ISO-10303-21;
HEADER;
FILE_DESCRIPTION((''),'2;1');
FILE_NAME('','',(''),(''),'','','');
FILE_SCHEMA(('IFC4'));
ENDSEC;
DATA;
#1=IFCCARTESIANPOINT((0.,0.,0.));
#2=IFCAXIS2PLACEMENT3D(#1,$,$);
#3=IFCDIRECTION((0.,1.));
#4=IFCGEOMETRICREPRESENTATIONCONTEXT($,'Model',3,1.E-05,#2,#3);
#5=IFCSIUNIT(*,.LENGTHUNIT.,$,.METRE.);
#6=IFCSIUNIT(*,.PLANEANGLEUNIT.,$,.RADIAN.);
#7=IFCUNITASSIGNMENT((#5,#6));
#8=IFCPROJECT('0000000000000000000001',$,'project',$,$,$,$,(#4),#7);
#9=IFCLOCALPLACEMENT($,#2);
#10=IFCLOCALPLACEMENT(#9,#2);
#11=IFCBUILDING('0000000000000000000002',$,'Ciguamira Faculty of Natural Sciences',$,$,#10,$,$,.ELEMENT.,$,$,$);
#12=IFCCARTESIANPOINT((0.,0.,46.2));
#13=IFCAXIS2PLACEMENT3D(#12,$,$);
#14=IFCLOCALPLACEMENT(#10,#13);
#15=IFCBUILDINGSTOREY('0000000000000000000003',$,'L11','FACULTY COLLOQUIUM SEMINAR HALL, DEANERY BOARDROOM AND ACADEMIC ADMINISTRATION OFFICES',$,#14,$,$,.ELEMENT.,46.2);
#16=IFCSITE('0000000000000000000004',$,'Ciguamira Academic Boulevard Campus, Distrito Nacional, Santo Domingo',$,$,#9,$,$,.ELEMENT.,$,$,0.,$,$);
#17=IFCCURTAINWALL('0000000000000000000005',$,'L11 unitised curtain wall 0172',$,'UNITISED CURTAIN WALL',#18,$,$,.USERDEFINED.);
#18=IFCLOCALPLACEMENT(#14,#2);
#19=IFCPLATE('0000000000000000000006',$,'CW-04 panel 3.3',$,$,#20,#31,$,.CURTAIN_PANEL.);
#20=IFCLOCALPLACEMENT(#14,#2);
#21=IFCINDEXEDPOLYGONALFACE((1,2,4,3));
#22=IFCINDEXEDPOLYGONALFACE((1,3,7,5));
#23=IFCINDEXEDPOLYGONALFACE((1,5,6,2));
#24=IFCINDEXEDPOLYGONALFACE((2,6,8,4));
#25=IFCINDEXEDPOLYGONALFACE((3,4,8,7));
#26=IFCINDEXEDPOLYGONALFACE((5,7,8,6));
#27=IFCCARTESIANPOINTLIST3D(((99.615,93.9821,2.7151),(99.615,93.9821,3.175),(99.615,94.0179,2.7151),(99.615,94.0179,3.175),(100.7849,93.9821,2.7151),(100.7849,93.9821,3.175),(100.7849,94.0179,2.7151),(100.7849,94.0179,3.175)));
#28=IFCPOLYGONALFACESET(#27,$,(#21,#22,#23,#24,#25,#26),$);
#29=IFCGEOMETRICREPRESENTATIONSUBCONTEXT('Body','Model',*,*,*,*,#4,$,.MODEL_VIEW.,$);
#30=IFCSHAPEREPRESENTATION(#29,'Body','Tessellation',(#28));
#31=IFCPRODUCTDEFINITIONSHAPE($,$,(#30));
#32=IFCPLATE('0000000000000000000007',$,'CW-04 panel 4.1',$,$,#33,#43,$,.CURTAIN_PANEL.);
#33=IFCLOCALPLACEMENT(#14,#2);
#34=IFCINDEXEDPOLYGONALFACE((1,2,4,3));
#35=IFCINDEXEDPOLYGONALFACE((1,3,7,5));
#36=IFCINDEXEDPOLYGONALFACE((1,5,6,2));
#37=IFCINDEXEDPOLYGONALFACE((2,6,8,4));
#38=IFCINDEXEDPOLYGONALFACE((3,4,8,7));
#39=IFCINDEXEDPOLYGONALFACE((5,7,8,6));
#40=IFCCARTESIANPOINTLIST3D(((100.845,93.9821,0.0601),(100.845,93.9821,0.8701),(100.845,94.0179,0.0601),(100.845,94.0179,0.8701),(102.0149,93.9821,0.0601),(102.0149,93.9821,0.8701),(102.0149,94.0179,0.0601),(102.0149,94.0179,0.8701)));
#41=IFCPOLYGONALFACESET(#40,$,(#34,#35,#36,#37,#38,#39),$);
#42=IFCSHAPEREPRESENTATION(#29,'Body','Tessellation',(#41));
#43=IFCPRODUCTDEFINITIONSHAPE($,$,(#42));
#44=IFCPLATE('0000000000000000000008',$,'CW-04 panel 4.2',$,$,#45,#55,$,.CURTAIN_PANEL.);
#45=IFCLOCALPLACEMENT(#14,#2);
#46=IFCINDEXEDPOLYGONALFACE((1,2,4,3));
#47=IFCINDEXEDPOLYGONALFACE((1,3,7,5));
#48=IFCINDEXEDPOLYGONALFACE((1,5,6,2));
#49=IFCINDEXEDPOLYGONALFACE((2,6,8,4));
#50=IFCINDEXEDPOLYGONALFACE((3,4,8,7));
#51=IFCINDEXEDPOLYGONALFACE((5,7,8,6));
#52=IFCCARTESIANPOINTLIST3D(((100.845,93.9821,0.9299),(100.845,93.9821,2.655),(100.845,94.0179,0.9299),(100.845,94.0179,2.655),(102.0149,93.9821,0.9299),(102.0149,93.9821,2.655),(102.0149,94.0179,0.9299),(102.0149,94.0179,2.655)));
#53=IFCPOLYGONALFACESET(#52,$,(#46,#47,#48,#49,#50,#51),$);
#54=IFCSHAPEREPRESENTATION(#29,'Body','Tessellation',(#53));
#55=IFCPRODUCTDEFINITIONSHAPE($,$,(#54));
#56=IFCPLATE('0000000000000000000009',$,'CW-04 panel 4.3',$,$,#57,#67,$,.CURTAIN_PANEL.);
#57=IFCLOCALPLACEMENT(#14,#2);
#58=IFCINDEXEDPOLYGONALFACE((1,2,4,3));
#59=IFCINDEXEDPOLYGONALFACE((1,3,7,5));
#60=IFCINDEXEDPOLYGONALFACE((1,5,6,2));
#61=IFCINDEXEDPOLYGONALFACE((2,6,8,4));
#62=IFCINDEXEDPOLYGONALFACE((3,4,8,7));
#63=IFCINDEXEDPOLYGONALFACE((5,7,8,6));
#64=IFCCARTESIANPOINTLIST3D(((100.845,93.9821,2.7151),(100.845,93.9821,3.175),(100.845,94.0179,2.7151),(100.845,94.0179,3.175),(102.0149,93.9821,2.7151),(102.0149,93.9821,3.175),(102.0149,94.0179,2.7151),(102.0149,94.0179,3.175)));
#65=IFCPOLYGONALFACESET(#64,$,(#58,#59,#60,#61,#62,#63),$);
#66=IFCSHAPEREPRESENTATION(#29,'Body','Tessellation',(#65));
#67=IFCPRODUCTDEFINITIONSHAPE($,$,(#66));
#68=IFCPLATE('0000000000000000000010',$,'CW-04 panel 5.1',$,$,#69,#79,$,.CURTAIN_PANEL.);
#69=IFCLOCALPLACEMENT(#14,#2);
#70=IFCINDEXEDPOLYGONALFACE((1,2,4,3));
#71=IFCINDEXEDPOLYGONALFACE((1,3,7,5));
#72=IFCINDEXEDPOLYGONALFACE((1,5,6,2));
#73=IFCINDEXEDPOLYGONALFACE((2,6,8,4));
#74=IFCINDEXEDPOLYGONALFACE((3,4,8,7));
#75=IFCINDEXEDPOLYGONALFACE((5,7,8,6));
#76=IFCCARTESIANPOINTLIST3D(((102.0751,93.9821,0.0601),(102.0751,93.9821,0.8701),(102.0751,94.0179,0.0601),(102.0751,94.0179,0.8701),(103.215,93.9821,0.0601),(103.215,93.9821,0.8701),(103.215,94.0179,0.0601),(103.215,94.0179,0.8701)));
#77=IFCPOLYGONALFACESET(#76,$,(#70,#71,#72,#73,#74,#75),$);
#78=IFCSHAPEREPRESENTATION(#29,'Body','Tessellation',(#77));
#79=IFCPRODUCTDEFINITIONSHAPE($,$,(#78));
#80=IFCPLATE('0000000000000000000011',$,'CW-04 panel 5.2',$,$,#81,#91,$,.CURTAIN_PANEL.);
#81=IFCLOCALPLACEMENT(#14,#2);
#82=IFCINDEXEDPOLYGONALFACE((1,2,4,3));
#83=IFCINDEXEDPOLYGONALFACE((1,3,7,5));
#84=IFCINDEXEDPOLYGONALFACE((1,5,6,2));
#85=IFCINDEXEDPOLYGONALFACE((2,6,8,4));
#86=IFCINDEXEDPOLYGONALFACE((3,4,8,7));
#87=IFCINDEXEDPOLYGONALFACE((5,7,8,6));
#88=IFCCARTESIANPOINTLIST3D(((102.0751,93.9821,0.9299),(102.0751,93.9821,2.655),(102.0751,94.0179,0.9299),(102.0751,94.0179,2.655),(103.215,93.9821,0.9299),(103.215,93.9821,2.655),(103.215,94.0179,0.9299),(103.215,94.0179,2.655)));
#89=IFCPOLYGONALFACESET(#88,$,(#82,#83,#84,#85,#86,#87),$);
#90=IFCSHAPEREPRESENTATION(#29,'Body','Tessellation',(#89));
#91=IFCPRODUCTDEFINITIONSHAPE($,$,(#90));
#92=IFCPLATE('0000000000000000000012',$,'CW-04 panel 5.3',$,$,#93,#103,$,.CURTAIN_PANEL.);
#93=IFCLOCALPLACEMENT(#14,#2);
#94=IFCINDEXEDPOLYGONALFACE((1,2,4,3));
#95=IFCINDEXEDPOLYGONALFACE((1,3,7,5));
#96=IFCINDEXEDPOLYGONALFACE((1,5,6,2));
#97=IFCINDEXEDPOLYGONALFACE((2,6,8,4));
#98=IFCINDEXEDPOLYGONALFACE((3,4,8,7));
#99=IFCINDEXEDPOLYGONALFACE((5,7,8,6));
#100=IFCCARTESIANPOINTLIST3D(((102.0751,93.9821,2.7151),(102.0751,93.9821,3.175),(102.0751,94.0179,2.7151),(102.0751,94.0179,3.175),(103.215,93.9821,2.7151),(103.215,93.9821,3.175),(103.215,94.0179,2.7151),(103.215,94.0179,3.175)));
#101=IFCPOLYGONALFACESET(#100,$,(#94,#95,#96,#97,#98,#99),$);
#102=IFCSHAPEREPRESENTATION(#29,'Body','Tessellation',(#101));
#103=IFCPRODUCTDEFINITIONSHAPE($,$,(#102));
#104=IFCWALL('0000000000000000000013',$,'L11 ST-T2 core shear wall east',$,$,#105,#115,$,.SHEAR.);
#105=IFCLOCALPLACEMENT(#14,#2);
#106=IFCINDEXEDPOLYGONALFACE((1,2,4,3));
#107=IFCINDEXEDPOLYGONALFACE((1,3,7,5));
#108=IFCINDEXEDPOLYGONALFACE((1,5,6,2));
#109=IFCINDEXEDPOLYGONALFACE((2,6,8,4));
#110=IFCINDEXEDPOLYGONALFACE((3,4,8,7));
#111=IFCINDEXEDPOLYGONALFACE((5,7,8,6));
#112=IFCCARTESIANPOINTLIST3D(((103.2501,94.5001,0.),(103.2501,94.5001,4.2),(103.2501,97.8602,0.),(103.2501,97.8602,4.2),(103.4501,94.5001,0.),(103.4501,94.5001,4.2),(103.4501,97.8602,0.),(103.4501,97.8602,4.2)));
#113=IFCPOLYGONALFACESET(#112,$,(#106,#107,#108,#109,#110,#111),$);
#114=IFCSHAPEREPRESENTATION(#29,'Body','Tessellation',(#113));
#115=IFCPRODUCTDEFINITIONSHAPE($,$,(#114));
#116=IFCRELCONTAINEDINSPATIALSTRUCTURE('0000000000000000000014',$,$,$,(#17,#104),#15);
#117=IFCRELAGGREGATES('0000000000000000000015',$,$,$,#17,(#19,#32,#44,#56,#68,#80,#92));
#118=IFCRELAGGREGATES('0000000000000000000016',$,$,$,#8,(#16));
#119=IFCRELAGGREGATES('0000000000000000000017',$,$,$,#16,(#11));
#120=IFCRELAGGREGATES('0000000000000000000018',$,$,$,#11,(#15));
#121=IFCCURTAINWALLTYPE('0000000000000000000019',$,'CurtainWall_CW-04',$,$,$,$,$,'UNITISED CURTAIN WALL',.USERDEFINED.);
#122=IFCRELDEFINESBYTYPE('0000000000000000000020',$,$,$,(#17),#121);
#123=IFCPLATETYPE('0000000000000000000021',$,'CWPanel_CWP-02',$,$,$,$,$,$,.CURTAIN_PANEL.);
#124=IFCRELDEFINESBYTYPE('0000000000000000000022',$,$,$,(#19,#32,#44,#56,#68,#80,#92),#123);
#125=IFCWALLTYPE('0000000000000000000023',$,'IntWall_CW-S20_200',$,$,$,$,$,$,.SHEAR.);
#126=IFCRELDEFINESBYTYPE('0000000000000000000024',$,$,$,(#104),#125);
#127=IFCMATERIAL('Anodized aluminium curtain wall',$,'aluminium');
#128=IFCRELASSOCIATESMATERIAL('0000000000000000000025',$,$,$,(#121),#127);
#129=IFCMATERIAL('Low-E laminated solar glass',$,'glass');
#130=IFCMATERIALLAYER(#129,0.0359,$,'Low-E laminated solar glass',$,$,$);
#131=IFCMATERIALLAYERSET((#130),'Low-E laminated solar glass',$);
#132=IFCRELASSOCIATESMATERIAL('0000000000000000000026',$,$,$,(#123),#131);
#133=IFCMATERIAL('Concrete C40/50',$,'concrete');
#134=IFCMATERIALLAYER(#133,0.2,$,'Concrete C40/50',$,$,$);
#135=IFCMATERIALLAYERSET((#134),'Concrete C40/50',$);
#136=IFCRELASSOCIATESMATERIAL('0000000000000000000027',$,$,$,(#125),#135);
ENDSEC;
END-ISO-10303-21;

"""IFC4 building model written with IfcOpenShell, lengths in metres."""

from ifc_helpers import new_model, si_unit, direction, frame, frame_2d, origin, origin_2d, place, context, subcontext, project, spatial, rectangle, extrude, material, layer, layer_set, type_object, element, aggregate, save


model = new_model("IFC4")

# Units and contexts
model_context = context("Model", 3, precision=1e-05, world=origin(), true_north=direction((0.0, 1.0)))
body_context = subcontext(model_context, "Body", "Model", "MODEL_VIEW")
ifc_project = project(units=[si_unit("LENGTHUNIT", "METRE"), si_unit("PLANEANGLEUNIT", "RADIAN")], contexts=[model_context])

# Site, building, storey
site_placement = place(None, origin())
site = spatial("IfcSite", under=ifc_project, at=site_placement, Name="Ciguamira Academic Boulevard Campus, Distrito Nacional, Santo Domingo", CompositionType="ELEMENT", RefElevation=0.0)
building_placement = place(site_placement, origin())
building = spatial("IfcBuilding", under=site, at=building_placement, Name="Ciguamira Faculty of Natural Sciences", CompositionType="ELEMENT")
storey_placement = place(building_placement, frame((0.0, 0.0, 46.2)))
storey = spatial("IfcBuildingStorey", under=building, at=storey_placement, Name="L11", Description="FACULTY COLLOQUIUM SEMINAR HALL, DEANERY BOARDROOM AND ACADEMIC ADMINISTRATION OFFICES", CompositionType="ELEMENT", Elevation=46.2)

# Shared definitions
ifc_material_1 = material(Name="Concrete C40/50", Category="concrete")

# Curtain wall, plates
ifc_material_2 = material(Name="Anodized aluminium curtain wall", Category="aluminium")
curtain_wall_type = type_object("IfcCurtainWallType", Name="CurtainWall_CW-04", ElementType="UNITISED CURTAIN WALL", PredefinedType="USERDEFINED", material=ifc_material_2)
curtain_wall_placement = place(storey_placement, origin())
curtain_wall = element("IfcCurtainWall", 1, at=curtain_wall_placement, inside=storey, type_object=curtain_wall_type, Name="L11 unitised curtain wall 0172", ObjectType="UNITISED CURTAIN WALL", PredefinedType="USERDEFINED")
ifc_material_3 = material(Name="Low-E laminated solar glass", Category="glass")
ifc_layer_1 = layer(ifc_material_3, 0.0359, Name="Low-E laminated solar glass")
ifc_layer_set_1 = layer_set([ifc_layer_1], Name="Low-E laminated solar glass")
plate_type = type_object("IfcPlateType", Name="CWPanel_CWP-02", PredefinedType="CURTAIN_PANEL", material=ifc_layer_set_1)
plate_1_placement = place(storey_placement, frame((100.2, 94.0, 2.7151), z_axis=(0.0, 0.0, 1.0), x_axis=(1.0, 0.0, 0.0)))
plate_1 = element("IfcPlate", 2, at=plate_1_placement, type_object=plate_type, Name="CW-04 panel 3.3", PredefinedType="CURTAIN_PANEL", context=body_context, shape_type="SweptSolid", body=[
    extrude(rectangle(XDim=1.1699, YDim=0.0359, at=origin_2d()), origin(), (0.0, 0.0, 1.0), 0.46),
])
plate_2_placement = place(storey_placement, frame((101.4299, 94.0, 0.0601), z_axis=(0.0, 0.0, 1.0), x_axis=(1.0, 0.0, 0.0)))
plate_2 = element("IfcPlate", 3, at=plate_2_placement, type_object=plate_type, Name="CW-04 panel 4.1", PredefinedType="CURTAIN_PANEL", context=body_context, shape_type="SweptSolid", body=[
    extrude(rectangle(XDim=1.1699, YDim=0.0359, at=origin_2d()), origin(), (0.0, 0.0, 1.0), 0.8101),
])
plate_3_placement = place(storey_placement, frame((101.4299, 94.0, 0.9299), z_axis=(0.0, 0.0, 1.0), x_axis=(1.0, 0.0, 0.0)))
plate_3 = element("IfcPlate", 4, at=plate_3_placement, type_object=plate_type, Name="CW-04 panel 4.2", PredefinedType="CURTAIN_PANEL", context=body_context, shape_type="SweptSolid", body=[
    extrude(rectangle(XDim=1.1699, YDim=0.0359, at=origin_2d()), origin(), (0.0, 0.0, 1.0), 1.7251),
])
plate_4_placement = place(storey_placement, frame((101.4299, 94.0, 2.7151), z_axis=(0.0, 0.0, 1.0), x_axis=(1.0, 0.0, 0.0)))
plate_4 = element("IfcPlate", 5, at=plate_4_placement, type_object=plate_type, Name="CW-04 panel 4.3", PredefinedType="CURTAIN_PANEL", context=body_context, shape_type="SweptSolid", body=[
    extrude(rectangle(XDim=1.1699, YDim=0.0359, at=origin_2d()), origin(), (0.0, 0.0, 1.0), 0.46),
])
plate_5_placement = place(storey_placement, frame((102.645, 94.0, 0.0601), z_axis=(0.0, 0.0, 1.0), x_axis=(1.0, 0.0, 0.0)))
plate_5 = element("IfcPlate", 6, at=plate_5_placement, type_object=plate_type, Name="CW-04 panel 5.1", PredefinedType="CURTAIN_PANEL", context=body_context, shape_type="SweptSolid", body=[
    extrude(rectangle(XDim=1.1399, YDim=0.0359, at=origin_2d()), origin(), (0.0, 0.0, 1.0), 0.8101),
])
plate_6_placement = place(storey_placement, frame((102.645, 94.0, 0.9299), z_axis=(0.0, 0.0, 1.0), x_axis=(1.0, 0.0, 0.0)))
plate_6 = element("IfcPlate", 7, at=plate_6_placement, type_object=plate_type, Name="CW-04 panel 5.2", PredefinedType="CURTAIN_PANEL", context=body_context, shape_type="SweptSolid", body=[
    extrude(rectangle(XDim=1.1399, YDim=0.0359, at=origin_2d()), origin(), (0.0, 0.0, 1.0), 1.7251),
])
plate_7_placement = place(storey_placement, frame((102.645, 94.0, 2.7151), z_axis=(0.0, 0.0, 1.0), x_axis=(1.0, 0.0, 0.0)))
plate_7 = element("IfcPlate", 8, at=plate_7_placement, type_object=plate_type, Name="CW-04 panel 5.3", PredefinedType="CURTAIN_PANEL", context=body_context, shape_type="SweptSolid", body=[
    extrude(rectangle(XDim=1.1399, YDim=0.0359, at=origin_2d()), origin(), (0.0, 0.0, 1.0), 0.46),
])
aggregate(curtain_wall, [plate_1, plate_2, plate_3, plate_4, plate_5, plate_6, plate_7])

# Wall
ifc_layer_2 = layer(ifc_material_1, 0.2, Name="Concrete C40/50")
ifc_layer_set_2 = layer_set([ifc_layer_2], Name="Concrete C40/50")
wall_type = type_object("IfcWallType", Name="IntWall_CW-S20_200", PredefinedType="SHEAR", material=ifc_layer_set_2)
wall_placement = place(storey_placement, frame((103.3501, 94.5, 0.0), z_axis=(0.0, 0.0, 1.0), x_axis=(0.0, 1.0, 0.0)))
element("IfcWall", 9, at=wall_placement, inside=storey, type_object=wall_type, Name="L11 ST-T2 core shear wall east", PredefinedType="SHEAR", context=body_context, shape_type="SweptSolid", body=[
    extrude(rectangle(XDim=3.3601, YDim=0.2, at=frame_2d((1.6802, 0.0))), origin(), (0.0, 0.0, 1.0), 4.2),
])

save(model, "model.ifc")
